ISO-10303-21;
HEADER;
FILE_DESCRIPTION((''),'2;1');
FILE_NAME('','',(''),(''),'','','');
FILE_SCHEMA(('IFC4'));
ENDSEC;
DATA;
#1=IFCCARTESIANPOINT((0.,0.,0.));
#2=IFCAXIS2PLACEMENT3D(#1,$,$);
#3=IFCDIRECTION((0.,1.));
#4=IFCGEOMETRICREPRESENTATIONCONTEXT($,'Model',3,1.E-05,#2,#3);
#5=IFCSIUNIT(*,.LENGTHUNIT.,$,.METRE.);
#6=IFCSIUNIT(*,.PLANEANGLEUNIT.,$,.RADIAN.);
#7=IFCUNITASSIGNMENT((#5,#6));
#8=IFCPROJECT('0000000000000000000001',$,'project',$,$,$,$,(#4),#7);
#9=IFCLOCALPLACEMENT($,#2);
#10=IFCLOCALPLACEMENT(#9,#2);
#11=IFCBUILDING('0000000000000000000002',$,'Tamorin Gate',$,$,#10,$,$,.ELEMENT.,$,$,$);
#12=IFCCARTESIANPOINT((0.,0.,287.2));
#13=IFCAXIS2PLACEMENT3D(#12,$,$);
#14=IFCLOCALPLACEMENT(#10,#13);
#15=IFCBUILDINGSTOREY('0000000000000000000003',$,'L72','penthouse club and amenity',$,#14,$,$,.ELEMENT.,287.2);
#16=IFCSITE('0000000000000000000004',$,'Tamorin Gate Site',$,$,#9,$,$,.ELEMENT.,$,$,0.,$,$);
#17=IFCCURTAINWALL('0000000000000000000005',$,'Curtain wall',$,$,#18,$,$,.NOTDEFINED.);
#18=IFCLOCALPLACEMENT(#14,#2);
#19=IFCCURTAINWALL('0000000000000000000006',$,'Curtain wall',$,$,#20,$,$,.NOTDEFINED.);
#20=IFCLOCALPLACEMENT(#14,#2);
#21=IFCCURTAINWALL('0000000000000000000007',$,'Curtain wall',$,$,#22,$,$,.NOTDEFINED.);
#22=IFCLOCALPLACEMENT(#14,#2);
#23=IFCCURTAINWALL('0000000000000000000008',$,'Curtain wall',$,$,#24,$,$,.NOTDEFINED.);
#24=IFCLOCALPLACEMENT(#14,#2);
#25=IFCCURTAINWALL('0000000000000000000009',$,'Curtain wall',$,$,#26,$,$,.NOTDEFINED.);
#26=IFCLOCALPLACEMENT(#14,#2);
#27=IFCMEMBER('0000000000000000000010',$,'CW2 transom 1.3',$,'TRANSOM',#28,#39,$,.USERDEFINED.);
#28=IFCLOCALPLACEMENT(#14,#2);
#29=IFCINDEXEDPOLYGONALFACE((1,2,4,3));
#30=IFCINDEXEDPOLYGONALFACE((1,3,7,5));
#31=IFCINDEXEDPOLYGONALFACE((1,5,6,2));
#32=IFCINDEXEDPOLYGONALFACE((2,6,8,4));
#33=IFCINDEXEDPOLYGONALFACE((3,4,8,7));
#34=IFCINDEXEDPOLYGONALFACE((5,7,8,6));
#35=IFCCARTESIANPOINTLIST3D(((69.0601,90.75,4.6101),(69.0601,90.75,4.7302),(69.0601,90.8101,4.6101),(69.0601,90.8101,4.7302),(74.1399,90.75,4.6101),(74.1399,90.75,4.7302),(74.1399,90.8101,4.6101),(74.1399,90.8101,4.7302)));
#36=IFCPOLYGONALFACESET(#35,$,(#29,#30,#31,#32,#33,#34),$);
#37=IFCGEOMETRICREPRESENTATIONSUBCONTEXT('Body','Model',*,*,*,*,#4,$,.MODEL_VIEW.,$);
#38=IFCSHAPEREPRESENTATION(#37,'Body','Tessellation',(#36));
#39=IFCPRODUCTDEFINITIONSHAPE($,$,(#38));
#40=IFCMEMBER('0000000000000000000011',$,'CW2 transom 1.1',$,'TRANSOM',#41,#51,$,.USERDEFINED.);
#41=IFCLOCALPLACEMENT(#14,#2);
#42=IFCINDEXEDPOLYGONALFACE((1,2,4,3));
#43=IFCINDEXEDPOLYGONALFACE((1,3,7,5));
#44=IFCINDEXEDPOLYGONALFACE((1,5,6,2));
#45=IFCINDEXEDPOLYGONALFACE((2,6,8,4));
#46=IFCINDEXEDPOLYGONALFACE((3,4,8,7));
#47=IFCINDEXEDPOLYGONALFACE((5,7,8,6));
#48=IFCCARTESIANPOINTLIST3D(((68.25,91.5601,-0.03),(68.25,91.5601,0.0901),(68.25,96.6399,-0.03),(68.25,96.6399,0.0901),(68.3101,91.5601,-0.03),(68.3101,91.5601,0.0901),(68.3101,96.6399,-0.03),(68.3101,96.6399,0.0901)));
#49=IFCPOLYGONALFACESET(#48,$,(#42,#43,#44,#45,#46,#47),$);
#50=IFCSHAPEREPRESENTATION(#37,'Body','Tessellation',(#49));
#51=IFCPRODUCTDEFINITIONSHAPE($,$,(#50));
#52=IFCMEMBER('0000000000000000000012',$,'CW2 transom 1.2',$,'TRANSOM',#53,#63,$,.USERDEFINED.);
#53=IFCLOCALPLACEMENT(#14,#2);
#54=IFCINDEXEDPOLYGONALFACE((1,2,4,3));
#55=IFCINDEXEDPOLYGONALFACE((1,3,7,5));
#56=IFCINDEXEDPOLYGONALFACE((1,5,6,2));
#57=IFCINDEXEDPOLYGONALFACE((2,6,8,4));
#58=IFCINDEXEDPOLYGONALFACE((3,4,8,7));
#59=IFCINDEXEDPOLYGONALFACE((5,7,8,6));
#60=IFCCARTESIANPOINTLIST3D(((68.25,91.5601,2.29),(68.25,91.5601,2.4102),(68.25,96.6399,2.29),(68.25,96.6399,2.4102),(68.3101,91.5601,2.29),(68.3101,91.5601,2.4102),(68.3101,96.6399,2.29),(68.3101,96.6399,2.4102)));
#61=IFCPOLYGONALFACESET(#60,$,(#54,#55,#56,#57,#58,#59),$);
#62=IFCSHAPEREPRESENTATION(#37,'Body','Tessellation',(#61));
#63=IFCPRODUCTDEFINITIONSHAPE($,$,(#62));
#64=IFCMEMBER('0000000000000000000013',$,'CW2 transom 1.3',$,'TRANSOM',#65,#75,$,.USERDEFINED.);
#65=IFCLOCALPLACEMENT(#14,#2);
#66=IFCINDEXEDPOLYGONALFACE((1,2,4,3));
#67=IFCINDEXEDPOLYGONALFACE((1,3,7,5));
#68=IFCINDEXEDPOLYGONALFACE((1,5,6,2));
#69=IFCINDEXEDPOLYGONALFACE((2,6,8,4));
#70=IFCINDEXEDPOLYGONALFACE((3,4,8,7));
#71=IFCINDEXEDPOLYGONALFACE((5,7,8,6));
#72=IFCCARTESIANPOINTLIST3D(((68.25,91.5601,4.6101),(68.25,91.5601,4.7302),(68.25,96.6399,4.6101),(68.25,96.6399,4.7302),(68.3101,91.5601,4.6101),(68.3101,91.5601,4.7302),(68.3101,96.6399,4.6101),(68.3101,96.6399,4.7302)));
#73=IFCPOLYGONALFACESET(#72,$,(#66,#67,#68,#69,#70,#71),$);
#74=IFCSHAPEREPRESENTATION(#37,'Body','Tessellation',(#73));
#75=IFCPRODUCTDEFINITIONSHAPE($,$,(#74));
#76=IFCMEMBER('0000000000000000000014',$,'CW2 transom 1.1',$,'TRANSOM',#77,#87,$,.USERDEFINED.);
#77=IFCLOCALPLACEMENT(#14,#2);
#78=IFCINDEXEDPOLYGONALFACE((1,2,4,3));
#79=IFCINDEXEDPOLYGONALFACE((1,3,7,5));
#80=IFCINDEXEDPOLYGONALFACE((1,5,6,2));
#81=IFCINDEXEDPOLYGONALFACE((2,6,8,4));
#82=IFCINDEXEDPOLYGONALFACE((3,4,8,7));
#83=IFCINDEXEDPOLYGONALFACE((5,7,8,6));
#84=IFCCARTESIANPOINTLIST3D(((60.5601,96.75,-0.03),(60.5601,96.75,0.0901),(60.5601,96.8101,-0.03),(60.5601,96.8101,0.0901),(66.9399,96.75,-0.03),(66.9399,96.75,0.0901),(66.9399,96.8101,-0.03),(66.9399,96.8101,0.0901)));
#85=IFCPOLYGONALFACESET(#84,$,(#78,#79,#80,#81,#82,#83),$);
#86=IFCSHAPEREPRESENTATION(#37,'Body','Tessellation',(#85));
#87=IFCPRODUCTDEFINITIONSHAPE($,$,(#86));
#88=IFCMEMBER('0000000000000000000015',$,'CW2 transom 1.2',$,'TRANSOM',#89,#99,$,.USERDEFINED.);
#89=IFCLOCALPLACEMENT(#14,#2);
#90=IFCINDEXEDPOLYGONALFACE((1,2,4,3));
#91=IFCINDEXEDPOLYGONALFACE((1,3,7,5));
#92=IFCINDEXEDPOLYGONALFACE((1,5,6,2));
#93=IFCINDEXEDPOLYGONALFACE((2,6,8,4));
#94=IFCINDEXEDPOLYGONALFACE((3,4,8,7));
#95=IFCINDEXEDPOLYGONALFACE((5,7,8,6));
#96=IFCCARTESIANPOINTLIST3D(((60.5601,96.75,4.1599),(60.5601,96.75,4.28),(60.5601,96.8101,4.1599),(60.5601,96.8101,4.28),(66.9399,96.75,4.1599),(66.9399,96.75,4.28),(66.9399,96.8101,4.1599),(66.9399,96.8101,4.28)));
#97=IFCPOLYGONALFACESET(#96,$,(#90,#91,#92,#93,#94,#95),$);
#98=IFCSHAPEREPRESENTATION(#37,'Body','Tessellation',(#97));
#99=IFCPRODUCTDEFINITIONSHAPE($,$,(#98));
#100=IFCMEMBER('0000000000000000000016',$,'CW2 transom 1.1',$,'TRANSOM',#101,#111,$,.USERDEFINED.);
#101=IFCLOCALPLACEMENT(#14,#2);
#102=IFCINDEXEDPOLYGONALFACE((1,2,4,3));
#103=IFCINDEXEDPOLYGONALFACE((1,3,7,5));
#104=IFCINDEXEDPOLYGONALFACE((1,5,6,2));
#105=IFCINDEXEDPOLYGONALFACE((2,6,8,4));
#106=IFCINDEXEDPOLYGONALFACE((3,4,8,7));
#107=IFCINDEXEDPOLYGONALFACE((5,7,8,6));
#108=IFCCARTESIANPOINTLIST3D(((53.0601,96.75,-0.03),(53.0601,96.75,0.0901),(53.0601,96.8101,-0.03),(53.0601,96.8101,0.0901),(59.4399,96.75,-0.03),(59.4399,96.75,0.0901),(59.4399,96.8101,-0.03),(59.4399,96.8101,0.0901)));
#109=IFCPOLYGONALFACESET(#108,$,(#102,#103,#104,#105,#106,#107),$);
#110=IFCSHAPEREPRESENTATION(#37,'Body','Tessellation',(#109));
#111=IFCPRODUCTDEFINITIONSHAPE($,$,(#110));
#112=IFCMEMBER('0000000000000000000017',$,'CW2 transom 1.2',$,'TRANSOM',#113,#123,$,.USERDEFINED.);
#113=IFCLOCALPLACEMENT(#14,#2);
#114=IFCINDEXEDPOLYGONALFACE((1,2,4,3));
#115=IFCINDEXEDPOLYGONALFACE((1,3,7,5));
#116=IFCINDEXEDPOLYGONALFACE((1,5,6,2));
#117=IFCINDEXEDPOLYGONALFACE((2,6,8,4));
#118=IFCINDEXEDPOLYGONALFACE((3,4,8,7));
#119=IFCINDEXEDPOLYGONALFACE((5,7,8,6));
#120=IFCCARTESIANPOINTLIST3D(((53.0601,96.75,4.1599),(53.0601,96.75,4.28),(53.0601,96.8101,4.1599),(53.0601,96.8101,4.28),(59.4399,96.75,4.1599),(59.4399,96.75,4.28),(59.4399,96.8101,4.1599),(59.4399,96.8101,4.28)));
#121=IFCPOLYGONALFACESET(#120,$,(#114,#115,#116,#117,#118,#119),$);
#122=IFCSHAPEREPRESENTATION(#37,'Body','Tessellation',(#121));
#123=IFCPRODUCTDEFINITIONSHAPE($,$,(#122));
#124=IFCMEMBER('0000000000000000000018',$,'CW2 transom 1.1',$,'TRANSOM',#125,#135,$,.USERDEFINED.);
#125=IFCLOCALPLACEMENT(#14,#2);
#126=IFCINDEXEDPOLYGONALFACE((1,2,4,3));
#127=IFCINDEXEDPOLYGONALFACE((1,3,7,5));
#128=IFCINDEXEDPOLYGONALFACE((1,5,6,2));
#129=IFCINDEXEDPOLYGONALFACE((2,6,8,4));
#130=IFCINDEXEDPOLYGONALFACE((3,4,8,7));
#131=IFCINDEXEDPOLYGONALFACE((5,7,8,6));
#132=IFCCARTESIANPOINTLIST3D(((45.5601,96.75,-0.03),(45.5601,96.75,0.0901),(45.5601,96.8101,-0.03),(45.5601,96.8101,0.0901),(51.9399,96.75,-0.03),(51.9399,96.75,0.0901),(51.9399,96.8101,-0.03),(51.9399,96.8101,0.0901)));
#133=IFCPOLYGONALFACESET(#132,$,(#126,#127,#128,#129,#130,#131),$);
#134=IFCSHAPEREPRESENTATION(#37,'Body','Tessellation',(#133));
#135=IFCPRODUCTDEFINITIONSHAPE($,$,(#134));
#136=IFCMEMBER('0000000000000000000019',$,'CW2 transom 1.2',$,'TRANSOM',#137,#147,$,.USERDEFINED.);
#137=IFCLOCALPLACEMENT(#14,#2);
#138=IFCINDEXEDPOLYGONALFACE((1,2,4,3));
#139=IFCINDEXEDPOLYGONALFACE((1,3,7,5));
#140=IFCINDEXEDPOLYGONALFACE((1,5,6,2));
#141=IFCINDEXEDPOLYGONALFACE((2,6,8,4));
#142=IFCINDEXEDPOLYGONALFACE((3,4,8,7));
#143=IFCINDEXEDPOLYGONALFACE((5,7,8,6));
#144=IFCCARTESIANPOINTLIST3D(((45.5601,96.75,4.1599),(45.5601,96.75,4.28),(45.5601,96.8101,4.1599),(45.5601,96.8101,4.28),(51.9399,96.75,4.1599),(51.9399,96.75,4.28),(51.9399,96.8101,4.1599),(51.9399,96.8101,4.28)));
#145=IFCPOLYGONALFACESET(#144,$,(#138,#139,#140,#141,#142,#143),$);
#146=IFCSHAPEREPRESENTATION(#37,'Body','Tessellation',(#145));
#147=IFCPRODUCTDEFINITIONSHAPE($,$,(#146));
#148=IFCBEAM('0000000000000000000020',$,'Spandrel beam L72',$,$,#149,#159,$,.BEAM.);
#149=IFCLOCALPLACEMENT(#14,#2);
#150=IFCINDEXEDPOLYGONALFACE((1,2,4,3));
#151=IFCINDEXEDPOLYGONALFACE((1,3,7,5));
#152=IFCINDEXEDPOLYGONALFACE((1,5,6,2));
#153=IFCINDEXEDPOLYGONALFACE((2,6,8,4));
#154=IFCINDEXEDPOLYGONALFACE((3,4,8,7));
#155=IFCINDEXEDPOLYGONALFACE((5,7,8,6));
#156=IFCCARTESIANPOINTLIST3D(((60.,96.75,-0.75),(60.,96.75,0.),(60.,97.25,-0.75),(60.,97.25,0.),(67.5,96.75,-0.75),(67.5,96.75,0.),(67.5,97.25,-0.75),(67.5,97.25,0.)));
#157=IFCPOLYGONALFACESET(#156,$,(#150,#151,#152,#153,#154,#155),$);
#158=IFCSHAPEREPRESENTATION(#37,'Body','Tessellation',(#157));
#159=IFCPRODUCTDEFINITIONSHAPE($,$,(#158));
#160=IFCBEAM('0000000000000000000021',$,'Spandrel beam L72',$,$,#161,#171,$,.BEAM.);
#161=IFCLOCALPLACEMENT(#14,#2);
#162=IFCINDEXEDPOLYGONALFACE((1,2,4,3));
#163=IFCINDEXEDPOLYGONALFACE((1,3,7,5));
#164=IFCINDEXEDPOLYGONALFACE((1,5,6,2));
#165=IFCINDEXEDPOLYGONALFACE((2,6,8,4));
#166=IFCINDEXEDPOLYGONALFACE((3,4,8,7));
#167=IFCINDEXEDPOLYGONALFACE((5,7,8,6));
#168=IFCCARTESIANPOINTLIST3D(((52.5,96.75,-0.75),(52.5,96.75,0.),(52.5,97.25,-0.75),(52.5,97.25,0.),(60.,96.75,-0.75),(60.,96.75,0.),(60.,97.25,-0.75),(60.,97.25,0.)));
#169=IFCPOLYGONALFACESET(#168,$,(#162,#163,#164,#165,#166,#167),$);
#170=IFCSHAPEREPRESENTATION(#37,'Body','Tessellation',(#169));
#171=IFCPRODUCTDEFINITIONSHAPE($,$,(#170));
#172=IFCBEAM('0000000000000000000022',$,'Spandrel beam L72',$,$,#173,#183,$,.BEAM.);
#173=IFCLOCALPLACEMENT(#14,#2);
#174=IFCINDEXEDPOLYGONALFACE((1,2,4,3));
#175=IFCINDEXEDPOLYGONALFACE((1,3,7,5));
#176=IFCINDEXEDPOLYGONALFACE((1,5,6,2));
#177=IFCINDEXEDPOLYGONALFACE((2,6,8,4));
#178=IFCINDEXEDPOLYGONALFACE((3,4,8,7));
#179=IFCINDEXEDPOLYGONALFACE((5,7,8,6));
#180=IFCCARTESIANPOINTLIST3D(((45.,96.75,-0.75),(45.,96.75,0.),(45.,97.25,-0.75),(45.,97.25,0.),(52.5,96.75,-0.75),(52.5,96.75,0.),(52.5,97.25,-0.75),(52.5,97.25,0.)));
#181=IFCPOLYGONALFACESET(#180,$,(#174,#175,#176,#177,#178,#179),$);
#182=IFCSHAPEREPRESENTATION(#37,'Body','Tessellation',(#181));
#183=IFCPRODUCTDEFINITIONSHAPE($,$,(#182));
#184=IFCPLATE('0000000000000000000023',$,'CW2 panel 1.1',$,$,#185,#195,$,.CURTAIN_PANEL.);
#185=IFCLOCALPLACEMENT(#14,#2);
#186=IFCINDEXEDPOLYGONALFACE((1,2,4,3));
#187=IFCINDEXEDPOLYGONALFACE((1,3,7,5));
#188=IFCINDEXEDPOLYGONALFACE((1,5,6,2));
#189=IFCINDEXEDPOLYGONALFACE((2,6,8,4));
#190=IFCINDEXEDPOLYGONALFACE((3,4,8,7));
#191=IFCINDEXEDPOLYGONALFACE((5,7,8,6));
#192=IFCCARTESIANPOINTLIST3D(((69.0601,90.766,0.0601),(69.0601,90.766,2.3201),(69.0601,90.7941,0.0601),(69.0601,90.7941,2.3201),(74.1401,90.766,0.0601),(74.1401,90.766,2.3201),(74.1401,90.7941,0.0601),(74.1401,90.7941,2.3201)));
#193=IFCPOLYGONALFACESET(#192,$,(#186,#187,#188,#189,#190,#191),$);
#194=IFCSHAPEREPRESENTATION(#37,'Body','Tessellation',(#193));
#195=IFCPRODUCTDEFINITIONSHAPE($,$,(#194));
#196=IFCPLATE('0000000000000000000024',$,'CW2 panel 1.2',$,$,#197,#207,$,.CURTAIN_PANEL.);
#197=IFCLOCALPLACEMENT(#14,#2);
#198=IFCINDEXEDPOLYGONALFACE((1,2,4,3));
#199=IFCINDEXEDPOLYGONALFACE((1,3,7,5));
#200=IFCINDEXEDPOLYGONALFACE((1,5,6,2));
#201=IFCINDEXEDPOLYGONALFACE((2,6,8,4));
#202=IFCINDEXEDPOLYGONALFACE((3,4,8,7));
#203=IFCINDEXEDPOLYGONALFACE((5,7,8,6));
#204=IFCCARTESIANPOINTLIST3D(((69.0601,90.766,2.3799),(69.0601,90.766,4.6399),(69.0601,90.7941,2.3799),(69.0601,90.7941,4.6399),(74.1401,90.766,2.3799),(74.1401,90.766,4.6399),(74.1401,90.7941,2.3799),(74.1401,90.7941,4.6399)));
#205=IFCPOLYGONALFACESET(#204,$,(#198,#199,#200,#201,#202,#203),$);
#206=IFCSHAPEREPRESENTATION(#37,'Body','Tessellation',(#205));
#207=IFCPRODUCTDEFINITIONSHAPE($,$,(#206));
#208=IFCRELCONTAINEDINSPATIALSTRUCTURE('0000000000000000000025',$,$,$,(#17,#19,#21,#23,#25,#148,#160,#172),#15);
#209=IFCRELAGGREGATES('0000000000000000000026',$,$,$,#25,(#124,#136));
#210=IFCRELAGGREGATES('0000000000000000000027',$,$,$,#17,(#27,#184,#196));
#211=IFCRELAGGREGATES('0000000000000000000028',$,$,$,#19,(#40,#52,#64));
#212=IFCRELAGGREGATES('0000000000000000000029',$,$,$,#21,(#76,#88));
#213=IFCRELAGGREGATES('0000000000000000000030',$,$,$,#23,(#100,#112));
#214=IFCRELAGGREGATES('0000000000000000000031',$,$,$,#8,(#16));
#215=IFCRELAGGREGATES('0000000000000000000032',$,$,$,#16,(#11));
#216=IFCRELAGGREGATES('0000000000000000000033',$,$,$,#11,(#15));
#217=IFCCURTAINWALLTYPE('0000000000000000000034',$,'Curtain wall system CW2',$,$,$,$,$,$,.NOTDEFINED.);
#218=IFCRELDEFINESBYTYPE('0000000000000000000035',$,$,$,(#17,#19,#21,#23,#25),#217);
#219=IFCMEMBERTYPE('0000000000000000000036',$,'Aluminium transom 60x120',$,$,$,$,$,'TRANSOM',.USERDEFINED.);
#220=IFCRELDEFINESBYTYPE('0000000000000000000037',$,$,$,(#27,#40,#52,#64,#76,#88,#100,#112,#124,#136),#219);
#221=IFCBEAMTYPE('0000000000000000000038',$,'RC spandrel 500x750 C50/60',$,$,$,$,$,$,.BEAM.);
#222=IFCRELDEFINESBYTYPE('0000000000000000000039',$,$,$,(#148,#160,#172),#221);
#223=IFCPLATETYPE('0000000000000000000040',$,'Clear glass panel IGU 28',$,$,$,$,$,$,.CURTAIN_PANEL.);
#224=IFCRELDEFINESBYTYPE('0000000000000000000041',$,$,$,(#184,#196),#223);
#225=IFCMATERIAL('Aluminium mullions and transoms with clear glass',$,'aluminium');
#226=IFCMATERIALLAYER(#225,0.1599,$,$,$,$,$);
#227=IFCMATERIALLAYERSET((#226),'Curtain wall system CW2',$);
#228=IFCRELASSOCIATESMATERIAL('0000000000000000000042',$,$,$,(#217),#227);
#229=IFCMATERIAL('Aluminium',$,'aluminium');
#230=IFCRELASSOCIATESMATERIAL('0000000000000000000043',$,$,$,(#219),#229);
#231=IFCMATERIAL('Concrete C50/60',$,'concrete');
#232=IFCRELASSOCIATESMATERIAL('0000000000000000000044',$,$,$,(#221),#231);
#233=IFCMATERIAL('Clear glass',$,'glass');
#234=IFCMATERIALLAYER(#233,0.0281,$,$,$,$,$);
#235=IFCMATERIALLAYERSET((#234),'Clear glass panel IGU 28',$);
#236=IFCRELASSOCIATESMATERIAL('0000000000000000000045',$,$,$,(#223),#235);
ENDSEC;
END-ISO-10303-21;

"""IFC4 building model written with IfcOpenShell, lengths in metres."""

from ifc_helpers import new_model, si_unit, direction, frame, origin, origin_2d, place, context, subcontext, project, spatial, rectangle, extrude, material, layer, layer_set, material_profile, profile_set, type_object, element, aggregate, save


model = new_model("IFC4")

# Units and contexts
model_context = context("Model", 3, precision=1e-05, world=origin(), true_north=direction((0.0, 1.0)))
body_context = subcontext(model_context, "Body", "Model", "MODEL_VIEW")
ifc_project = project(units=[si_unit("LENGTHUNIT", "METRE"), si_unit("PLANEANGLEUNIT", "RADIAN")], contexts=[model_context])

# Site, building, storey
site_placement = place(None, origin())
site = spatial("IfcSite", under=ifc_project, at=site_placement, Name="Tamorin Gate Site", CompositionType="ELEMENT", RefElevation=0.0)
building_placement = place(site_placement, origin())
building = spatial("IfcBuilding", under=site, at=building_placement, Name="Tamorin Gate", CompositionType="ELEMENT")
storey_placement = place(building_placement, frame((0.0, 0.0, 287.2)))
storey = spatial("IfcBuildingStorey", under=building, at=storey_placement, Name="L72", Description="penthouse club and amenity", CompositionType="ELEMENT", Elevation=287.2)

# Shared definitions
ifc_material_1 = material(Name="Concrete C50/60", Category="concrete")

# Curtain walls
ifc_material_2 = material(Name="Aluminium mullions and transoms with clear glass", Category="aluminium")
ifc_layer_1 = layer(ifc_material_2, 0.1599)
ifc_layer_set_1 = layer_set([ifc_layer_1], Name="Curtain wall system CW2")
curtain_wall_type = type_object("IfcCurtainWallType", Name="Curtain wall system CW2", PredefinedType="NOTDEFINED", material=ifc_layer_set_1)
curtain_wall_1_placement = place(storey_placement, origin())
curtain_wall_1 = element("IfcCurtainWall", 1, at=curtain_wall_1_placement, inside=storey, type_object=curtain_wall_type, Name="Curtain wall", PredefinedType="NOTDEFINED")
ifc_material_3 = material(Name="Aluminium", Category="aluminium")
curtain_wall_2_placement = place(storey_placement, origin())
curtain_wall_2 = element("IfcCurtainWall", 2, at=curtain_wall_2_placement, inside=storey, type_object=curtain_wall_type, Name="Curtain wall", PredefinedType="NOTDEFINED")
curtain_wall_3_placement = place(storey_placement, origin())
curtain_wall_3 = element("IfcCurtainWall", 3, at=curtain_wall_3_placement, inside=storey, type_object=curtain_wall_type, Name="Curtain wall", PredefinedType="NOTDEFINED")
curtain_wall_4_placement = place(storey_placement, origin())
curtain_wall_4 = element("IfcCurtainWall", 4, at=curtain_wall_4_placement, inside=storey, type_object=curtain_wall_type, Name="Curtain wall", PredefinedType="NOTDEFINED")

# Curtain wall
curtain_wall_5_placement = place(storey_placement, origin())
curtain_wall_5 = element("IfcCurtainWall", 5, at=curtain_wall_5_placement, inside=storey, type_object=curtain_wall_type, Name="Curtain wall", PredefinedType="NOTDEFINED")

# Members
ifc_material_profile_1 = material_profile(ifc_material_3, rectangle(XDim=0.0601, YDim=0.1201, at=origin_2d()), Name="RECT 60x120")
ifc_profile_set_1 = profile_set([ifc_material_profile_1], Name="Aluminium")
member_type_1 = type_object("IfcMemberType", Name="Aluminium transom 60x120", ElementType="TRANSOM", PredefinedType="USERDEFINED", material=ifc_profile_set_1)
member_1_placement = place(storey_placement, frame((74.1399, 90.78, 4.6702), z_axis=(-1.0, 0.0, 0.0), x_axis=(0.0, -1.0, 0.0)))
member_1 = element("IfcMember", 6, at=member_1_placement, type_object=member_type_1, Name="CW2 transom 1.3", ObjectType="TRANSOM", PredefinedType="USERDEFINED", context=body_context, shape_type="SweptSolid", body=[
    extrude(rectangle(XDim=0.0601, YDim=0.1201, at=origin_2d()), origin(), (0.0, 0.0, 1.0), 5.0798),
])
member_2_placement = place(storey_placement, frame((68.28, 91.5601, 0.03), z_axis=(0.0, 1.0, 0.0), x_axis=(-1.0, 0.0, 0.0)))
member_2 = element("IfcMember", 7, at=member_2_placement, type_object=member_type_1, Name="CW2 transom 1.1", ObjectType="TRANSOM", PredefinedType="USERDEFINED", context=body_context, shape_type="SweptSolid", body=[
    extrude(rectangle(XDim=0.0601, YDim=0.1201, at=origin_2d()), origin(), (0.0, 0.0, 1.0), 5.0798),
])
member_3_placement = place(storey_placement, frame((68.28, 91.5601, 2.3501), z_axis=(0.0, 1.0, 0.0), x_axis=(-1.0, 0.0, 0.0)))
member_3 = element("IfcMember", 8, at=member_3_placement, type_object=member_type_1, Name="CW2 transom 1.2", ObjectType="TRANSOM", PredefinedType="USERDEFINED", context=body_context, shape_type="SweptSolid", body=[
    extrude(rectangle(XDim=0.0601, YDim=0.1201, at=origin_2d()), origin(), (0.0, 0.0, 1.0), 5.0798),
])
member_4_placement = place(storey_placement, frame((68.28, 91.5601, 4.6702), z_axis=(0.0, 1.0, 0.0), x_axis=(-1.0, 0.0, 0.0)))
member_4 = element("IfcMember", 9, at=member_4_placement, type_object=member_type_1, Name="CW2 transom 1.3", ObjectType="TRANSOM", PredefinedType="USERDEFINED", context=body_context, shape_type="SweptSolid", body=[
    extrude(rectangle(XDim=0.0601, YDim=0.1201, at=origin_2d()), origin(), (0.0, 0.0, 1.0), 5.0798),
])
member_5_placement = place(storey_placement, frame((66.9399, 96.78, 0.03), z_axis=(-1.0, 0.0, 0.0), x_axis=(0.0, -1.0, 0.0)))
member_5 = element("IfcMember", 10, at=member_5_placement, type_object=member_type_1, Name="CW2 transom 1.1", ObjectType="TRANSOM", PredefinedType="USERDEFINED", context=body_context, shape_type="SweptSolid", body=[
    extrude(rectangle(XDim=0.0601, YDim=0.1201, at=origin_2d()), origin(), (0.0, 0.0, 1.0), 6.3799),
])
member_6_placement = place(storey_placement, frame((66.9399, 96.78, 4.22), z_axis=(-1.0, 0.0, 0.0), x_axis=(0.0, -1.0, 0.0)))
member_6 = element("IfcMember", 11, at=member_6_placement, type_object=member_type_1, Name="CW2 transom 1.2", ObjectType="TRANSOM", PredefinedType="USERDEFINED", context=body_context, shape_type="SweptSolid", body=[
    extrude(rectangle(XDim=0.0601, YDim=0.1201, at=origin_2d()), origin(), (0.0, 0.0, 1.0), 6.3799),
])
member_7_placement = place(storey_placement, frame((59.4399, 96.78, 0.03), z_axis=(-1.0, 0.0, 0.0), x_axis=(0.0, -1.0, 0.0)))
member_7 = element("IfcMember", 12, at=member_7_placement, type_object=member_type_1, Name="CW2 transom 1.1", ObjectType="TRANSOM", PredefinedType="USERDEFINED", context=body_context, shape_type="SweptSolid", body=[
    extrude(rectangle(XDim=0.0601, YDim=0.1201, at=origin_2d()), origin(), (0.0, 0.0, 1.0), 6.3799),
])
member_8_placement = place(storey_placement, frame((59.4399, 96.78, 4.22), z_axis=(-1.0, 0.0, 0.0), x_axis=(0.0, -1.0, 0.0)))
member_8 = element("IfcMember", 13, at=member_8_placement, type_object=member_type_1, Name="CW2 transom 1.2", ObjectType="TRANSOM", PredefinedType="USERDEFINED", context=body_context, shape_type="SweptSolid", body=[
    extrude(rectangle(XDim=0.0601, YDim=0.1201, at=origin_2d()), origin(), (0.0, 0.0, 1.0), 6.3799),
])
member_9_placement = place(storey_placement, frame((51.9399, 96.78, 0.03), z_axis=(-1.0, 0.0, 0.0), x_axis=(0.0, -1.0, 0.0)))
member_9 = element("IfcMember", 14, at=member_9_placement, type_object=member_type_1, Name="CW2 transom 1.1", ObjectType="TRANSOM", PredefinedType="USERDEFINED", context=body_context, shape_type="SweptSolid", body=[
    extrude(rectangle(XDim=0.0601, YDim=0.1201, at=origin_2d()), origin(), (0.0, 0.0, 1.0), 6.3799),
])
member_10_placement = place(storey_placement, frame((51.9399, 96.78, 4.22), z_axis=(-1.0, 0.0, 0.0), x_axis=(0.0, -1.0, 0.0)))
member_10 = element("IfcMember", 15, at=member_10_placement, type_object=member_type_1, Name="CW2 transom 1.2", ObjectType="TRANSOM", PredefinedType="USERDEFINED", context=body_context, shape_type="SweptSolid", body=[
    extrude(rectangle(XDim=0.0601, YDim=0.1201, at=origin_2d()), origin(), (0.0, 0.0, 1.0), 6.3799),
])
aggregate(curtain_wall_5, [member_9, member_10])

# Beams
ifc_material_profile_2 = material_profile(ifc_material_1, rectangle(XDim=0.5, YDim=0.75, at=origin_2d()), Name="RC 500x750")
ifc_profile_set_2 = profile_set([ifc_material_profile_2], Name="Concrete C50/60")
beam_type = type_object("IfcBeamType", Name="RC spandrel 500x750 C50/60", PredefinedType="BEAM", material=ifc_profile_set_2)
for number, where, z_axis, x_axis, name in (
    (16, (67.5, 97.0, -0.375), (-1.0, 0.0, 0.0), (0.0, -1.0, 0.0), "Spandrel beam L72"),
    (17, (60.0, 97.0, -0.375), (-1.0, 0.0, 0.0), (0.0, -1.0, 0.0), "Spandrel beam L72"),
    (18, (52.5, 97.0, -0.375), (-1.0, 0.0, 0.0), (0.0, -1.0, 0.0), "Spandrel beam L72"),
):
    element("IfcBeam", number, at=place(storey_placement, frame(where, z_axis=z_axis, x_axis=x_axis)), inside=storey, type_object=beam_type, Name=name, PredefinedType="BEAM", context=body_context, shape_type="SweptSolid", body=[
        extrude(rectangle(XDim=0.5, YDim=0.75, at=origin_2d()), origin(), (0.0, 0.0, 1.0), 7.5),
    ])

# Plates
ifc_material_4 = material(Name="Clear glass", Category="glass")
ifc_layer_2 = layer(ifc_material_4, 0.0281)
ifc_layer_set_2 = layer_set([ifc_layer_2], Name="Clear glass panel IGU 28")
plate_type = type_object("IfcPlateType", Name="Clear glass panel IGU 28", PredefinedType="CURTAIN_PANEL", material=ifc_layer_set_2)
plate_1_placement = place(storey_placement, frame((71.6001, 90.78, 0.0601), z_axis=(0.0, 0.0, 1.0), x_axis=(-1.0, 0.0, 0.0)))
plate_1 = element("IfcPlate", 19, at=plate_1_placement, type_object=plate_type, Name="CW2 panel 1.1", PredefinedType="CURTAIN_PANEL", context=body_context, shape_type="SweptSolid", body=[
    extrude(rectangle(XDim=5.0801, YDim=0.0281, at=origin_2d()), origin(), (0.0, 0.0, 1.0), 2.26),
])
plate_2_placement = place(storey_placement, frame((71.6001, 90.78, 2.3799), z_axis=(0.0, 0.0, 1.0), x_axis=(-1.0, 0.0, 0.0)))
plate_2 = element("IfcPlate", 20, at=plate_2_placement, type_object=plate_type, Name="CW2 panel 1.2", PredefinedType="CURTAIN_PANEL", context=body_context, shape_type="SweptSolid", body=[
    extrude(rectangle(XDim=5.0801, YDim=0.0281, at=origin_2d()), origin(), (0.0, 0.0, 1.0), 2.26),
])
aggregate(curtain_wall_1, [member_1, plate_1, plate_2])
aggregate(curtain_wall_2, [member_2, member_3, member_4])
aggregate(curtain_wall_3, [member_5, member_6])
aggregate(curtain_wall_4, [member_7, member_8])

save(model, "model.ifc")
